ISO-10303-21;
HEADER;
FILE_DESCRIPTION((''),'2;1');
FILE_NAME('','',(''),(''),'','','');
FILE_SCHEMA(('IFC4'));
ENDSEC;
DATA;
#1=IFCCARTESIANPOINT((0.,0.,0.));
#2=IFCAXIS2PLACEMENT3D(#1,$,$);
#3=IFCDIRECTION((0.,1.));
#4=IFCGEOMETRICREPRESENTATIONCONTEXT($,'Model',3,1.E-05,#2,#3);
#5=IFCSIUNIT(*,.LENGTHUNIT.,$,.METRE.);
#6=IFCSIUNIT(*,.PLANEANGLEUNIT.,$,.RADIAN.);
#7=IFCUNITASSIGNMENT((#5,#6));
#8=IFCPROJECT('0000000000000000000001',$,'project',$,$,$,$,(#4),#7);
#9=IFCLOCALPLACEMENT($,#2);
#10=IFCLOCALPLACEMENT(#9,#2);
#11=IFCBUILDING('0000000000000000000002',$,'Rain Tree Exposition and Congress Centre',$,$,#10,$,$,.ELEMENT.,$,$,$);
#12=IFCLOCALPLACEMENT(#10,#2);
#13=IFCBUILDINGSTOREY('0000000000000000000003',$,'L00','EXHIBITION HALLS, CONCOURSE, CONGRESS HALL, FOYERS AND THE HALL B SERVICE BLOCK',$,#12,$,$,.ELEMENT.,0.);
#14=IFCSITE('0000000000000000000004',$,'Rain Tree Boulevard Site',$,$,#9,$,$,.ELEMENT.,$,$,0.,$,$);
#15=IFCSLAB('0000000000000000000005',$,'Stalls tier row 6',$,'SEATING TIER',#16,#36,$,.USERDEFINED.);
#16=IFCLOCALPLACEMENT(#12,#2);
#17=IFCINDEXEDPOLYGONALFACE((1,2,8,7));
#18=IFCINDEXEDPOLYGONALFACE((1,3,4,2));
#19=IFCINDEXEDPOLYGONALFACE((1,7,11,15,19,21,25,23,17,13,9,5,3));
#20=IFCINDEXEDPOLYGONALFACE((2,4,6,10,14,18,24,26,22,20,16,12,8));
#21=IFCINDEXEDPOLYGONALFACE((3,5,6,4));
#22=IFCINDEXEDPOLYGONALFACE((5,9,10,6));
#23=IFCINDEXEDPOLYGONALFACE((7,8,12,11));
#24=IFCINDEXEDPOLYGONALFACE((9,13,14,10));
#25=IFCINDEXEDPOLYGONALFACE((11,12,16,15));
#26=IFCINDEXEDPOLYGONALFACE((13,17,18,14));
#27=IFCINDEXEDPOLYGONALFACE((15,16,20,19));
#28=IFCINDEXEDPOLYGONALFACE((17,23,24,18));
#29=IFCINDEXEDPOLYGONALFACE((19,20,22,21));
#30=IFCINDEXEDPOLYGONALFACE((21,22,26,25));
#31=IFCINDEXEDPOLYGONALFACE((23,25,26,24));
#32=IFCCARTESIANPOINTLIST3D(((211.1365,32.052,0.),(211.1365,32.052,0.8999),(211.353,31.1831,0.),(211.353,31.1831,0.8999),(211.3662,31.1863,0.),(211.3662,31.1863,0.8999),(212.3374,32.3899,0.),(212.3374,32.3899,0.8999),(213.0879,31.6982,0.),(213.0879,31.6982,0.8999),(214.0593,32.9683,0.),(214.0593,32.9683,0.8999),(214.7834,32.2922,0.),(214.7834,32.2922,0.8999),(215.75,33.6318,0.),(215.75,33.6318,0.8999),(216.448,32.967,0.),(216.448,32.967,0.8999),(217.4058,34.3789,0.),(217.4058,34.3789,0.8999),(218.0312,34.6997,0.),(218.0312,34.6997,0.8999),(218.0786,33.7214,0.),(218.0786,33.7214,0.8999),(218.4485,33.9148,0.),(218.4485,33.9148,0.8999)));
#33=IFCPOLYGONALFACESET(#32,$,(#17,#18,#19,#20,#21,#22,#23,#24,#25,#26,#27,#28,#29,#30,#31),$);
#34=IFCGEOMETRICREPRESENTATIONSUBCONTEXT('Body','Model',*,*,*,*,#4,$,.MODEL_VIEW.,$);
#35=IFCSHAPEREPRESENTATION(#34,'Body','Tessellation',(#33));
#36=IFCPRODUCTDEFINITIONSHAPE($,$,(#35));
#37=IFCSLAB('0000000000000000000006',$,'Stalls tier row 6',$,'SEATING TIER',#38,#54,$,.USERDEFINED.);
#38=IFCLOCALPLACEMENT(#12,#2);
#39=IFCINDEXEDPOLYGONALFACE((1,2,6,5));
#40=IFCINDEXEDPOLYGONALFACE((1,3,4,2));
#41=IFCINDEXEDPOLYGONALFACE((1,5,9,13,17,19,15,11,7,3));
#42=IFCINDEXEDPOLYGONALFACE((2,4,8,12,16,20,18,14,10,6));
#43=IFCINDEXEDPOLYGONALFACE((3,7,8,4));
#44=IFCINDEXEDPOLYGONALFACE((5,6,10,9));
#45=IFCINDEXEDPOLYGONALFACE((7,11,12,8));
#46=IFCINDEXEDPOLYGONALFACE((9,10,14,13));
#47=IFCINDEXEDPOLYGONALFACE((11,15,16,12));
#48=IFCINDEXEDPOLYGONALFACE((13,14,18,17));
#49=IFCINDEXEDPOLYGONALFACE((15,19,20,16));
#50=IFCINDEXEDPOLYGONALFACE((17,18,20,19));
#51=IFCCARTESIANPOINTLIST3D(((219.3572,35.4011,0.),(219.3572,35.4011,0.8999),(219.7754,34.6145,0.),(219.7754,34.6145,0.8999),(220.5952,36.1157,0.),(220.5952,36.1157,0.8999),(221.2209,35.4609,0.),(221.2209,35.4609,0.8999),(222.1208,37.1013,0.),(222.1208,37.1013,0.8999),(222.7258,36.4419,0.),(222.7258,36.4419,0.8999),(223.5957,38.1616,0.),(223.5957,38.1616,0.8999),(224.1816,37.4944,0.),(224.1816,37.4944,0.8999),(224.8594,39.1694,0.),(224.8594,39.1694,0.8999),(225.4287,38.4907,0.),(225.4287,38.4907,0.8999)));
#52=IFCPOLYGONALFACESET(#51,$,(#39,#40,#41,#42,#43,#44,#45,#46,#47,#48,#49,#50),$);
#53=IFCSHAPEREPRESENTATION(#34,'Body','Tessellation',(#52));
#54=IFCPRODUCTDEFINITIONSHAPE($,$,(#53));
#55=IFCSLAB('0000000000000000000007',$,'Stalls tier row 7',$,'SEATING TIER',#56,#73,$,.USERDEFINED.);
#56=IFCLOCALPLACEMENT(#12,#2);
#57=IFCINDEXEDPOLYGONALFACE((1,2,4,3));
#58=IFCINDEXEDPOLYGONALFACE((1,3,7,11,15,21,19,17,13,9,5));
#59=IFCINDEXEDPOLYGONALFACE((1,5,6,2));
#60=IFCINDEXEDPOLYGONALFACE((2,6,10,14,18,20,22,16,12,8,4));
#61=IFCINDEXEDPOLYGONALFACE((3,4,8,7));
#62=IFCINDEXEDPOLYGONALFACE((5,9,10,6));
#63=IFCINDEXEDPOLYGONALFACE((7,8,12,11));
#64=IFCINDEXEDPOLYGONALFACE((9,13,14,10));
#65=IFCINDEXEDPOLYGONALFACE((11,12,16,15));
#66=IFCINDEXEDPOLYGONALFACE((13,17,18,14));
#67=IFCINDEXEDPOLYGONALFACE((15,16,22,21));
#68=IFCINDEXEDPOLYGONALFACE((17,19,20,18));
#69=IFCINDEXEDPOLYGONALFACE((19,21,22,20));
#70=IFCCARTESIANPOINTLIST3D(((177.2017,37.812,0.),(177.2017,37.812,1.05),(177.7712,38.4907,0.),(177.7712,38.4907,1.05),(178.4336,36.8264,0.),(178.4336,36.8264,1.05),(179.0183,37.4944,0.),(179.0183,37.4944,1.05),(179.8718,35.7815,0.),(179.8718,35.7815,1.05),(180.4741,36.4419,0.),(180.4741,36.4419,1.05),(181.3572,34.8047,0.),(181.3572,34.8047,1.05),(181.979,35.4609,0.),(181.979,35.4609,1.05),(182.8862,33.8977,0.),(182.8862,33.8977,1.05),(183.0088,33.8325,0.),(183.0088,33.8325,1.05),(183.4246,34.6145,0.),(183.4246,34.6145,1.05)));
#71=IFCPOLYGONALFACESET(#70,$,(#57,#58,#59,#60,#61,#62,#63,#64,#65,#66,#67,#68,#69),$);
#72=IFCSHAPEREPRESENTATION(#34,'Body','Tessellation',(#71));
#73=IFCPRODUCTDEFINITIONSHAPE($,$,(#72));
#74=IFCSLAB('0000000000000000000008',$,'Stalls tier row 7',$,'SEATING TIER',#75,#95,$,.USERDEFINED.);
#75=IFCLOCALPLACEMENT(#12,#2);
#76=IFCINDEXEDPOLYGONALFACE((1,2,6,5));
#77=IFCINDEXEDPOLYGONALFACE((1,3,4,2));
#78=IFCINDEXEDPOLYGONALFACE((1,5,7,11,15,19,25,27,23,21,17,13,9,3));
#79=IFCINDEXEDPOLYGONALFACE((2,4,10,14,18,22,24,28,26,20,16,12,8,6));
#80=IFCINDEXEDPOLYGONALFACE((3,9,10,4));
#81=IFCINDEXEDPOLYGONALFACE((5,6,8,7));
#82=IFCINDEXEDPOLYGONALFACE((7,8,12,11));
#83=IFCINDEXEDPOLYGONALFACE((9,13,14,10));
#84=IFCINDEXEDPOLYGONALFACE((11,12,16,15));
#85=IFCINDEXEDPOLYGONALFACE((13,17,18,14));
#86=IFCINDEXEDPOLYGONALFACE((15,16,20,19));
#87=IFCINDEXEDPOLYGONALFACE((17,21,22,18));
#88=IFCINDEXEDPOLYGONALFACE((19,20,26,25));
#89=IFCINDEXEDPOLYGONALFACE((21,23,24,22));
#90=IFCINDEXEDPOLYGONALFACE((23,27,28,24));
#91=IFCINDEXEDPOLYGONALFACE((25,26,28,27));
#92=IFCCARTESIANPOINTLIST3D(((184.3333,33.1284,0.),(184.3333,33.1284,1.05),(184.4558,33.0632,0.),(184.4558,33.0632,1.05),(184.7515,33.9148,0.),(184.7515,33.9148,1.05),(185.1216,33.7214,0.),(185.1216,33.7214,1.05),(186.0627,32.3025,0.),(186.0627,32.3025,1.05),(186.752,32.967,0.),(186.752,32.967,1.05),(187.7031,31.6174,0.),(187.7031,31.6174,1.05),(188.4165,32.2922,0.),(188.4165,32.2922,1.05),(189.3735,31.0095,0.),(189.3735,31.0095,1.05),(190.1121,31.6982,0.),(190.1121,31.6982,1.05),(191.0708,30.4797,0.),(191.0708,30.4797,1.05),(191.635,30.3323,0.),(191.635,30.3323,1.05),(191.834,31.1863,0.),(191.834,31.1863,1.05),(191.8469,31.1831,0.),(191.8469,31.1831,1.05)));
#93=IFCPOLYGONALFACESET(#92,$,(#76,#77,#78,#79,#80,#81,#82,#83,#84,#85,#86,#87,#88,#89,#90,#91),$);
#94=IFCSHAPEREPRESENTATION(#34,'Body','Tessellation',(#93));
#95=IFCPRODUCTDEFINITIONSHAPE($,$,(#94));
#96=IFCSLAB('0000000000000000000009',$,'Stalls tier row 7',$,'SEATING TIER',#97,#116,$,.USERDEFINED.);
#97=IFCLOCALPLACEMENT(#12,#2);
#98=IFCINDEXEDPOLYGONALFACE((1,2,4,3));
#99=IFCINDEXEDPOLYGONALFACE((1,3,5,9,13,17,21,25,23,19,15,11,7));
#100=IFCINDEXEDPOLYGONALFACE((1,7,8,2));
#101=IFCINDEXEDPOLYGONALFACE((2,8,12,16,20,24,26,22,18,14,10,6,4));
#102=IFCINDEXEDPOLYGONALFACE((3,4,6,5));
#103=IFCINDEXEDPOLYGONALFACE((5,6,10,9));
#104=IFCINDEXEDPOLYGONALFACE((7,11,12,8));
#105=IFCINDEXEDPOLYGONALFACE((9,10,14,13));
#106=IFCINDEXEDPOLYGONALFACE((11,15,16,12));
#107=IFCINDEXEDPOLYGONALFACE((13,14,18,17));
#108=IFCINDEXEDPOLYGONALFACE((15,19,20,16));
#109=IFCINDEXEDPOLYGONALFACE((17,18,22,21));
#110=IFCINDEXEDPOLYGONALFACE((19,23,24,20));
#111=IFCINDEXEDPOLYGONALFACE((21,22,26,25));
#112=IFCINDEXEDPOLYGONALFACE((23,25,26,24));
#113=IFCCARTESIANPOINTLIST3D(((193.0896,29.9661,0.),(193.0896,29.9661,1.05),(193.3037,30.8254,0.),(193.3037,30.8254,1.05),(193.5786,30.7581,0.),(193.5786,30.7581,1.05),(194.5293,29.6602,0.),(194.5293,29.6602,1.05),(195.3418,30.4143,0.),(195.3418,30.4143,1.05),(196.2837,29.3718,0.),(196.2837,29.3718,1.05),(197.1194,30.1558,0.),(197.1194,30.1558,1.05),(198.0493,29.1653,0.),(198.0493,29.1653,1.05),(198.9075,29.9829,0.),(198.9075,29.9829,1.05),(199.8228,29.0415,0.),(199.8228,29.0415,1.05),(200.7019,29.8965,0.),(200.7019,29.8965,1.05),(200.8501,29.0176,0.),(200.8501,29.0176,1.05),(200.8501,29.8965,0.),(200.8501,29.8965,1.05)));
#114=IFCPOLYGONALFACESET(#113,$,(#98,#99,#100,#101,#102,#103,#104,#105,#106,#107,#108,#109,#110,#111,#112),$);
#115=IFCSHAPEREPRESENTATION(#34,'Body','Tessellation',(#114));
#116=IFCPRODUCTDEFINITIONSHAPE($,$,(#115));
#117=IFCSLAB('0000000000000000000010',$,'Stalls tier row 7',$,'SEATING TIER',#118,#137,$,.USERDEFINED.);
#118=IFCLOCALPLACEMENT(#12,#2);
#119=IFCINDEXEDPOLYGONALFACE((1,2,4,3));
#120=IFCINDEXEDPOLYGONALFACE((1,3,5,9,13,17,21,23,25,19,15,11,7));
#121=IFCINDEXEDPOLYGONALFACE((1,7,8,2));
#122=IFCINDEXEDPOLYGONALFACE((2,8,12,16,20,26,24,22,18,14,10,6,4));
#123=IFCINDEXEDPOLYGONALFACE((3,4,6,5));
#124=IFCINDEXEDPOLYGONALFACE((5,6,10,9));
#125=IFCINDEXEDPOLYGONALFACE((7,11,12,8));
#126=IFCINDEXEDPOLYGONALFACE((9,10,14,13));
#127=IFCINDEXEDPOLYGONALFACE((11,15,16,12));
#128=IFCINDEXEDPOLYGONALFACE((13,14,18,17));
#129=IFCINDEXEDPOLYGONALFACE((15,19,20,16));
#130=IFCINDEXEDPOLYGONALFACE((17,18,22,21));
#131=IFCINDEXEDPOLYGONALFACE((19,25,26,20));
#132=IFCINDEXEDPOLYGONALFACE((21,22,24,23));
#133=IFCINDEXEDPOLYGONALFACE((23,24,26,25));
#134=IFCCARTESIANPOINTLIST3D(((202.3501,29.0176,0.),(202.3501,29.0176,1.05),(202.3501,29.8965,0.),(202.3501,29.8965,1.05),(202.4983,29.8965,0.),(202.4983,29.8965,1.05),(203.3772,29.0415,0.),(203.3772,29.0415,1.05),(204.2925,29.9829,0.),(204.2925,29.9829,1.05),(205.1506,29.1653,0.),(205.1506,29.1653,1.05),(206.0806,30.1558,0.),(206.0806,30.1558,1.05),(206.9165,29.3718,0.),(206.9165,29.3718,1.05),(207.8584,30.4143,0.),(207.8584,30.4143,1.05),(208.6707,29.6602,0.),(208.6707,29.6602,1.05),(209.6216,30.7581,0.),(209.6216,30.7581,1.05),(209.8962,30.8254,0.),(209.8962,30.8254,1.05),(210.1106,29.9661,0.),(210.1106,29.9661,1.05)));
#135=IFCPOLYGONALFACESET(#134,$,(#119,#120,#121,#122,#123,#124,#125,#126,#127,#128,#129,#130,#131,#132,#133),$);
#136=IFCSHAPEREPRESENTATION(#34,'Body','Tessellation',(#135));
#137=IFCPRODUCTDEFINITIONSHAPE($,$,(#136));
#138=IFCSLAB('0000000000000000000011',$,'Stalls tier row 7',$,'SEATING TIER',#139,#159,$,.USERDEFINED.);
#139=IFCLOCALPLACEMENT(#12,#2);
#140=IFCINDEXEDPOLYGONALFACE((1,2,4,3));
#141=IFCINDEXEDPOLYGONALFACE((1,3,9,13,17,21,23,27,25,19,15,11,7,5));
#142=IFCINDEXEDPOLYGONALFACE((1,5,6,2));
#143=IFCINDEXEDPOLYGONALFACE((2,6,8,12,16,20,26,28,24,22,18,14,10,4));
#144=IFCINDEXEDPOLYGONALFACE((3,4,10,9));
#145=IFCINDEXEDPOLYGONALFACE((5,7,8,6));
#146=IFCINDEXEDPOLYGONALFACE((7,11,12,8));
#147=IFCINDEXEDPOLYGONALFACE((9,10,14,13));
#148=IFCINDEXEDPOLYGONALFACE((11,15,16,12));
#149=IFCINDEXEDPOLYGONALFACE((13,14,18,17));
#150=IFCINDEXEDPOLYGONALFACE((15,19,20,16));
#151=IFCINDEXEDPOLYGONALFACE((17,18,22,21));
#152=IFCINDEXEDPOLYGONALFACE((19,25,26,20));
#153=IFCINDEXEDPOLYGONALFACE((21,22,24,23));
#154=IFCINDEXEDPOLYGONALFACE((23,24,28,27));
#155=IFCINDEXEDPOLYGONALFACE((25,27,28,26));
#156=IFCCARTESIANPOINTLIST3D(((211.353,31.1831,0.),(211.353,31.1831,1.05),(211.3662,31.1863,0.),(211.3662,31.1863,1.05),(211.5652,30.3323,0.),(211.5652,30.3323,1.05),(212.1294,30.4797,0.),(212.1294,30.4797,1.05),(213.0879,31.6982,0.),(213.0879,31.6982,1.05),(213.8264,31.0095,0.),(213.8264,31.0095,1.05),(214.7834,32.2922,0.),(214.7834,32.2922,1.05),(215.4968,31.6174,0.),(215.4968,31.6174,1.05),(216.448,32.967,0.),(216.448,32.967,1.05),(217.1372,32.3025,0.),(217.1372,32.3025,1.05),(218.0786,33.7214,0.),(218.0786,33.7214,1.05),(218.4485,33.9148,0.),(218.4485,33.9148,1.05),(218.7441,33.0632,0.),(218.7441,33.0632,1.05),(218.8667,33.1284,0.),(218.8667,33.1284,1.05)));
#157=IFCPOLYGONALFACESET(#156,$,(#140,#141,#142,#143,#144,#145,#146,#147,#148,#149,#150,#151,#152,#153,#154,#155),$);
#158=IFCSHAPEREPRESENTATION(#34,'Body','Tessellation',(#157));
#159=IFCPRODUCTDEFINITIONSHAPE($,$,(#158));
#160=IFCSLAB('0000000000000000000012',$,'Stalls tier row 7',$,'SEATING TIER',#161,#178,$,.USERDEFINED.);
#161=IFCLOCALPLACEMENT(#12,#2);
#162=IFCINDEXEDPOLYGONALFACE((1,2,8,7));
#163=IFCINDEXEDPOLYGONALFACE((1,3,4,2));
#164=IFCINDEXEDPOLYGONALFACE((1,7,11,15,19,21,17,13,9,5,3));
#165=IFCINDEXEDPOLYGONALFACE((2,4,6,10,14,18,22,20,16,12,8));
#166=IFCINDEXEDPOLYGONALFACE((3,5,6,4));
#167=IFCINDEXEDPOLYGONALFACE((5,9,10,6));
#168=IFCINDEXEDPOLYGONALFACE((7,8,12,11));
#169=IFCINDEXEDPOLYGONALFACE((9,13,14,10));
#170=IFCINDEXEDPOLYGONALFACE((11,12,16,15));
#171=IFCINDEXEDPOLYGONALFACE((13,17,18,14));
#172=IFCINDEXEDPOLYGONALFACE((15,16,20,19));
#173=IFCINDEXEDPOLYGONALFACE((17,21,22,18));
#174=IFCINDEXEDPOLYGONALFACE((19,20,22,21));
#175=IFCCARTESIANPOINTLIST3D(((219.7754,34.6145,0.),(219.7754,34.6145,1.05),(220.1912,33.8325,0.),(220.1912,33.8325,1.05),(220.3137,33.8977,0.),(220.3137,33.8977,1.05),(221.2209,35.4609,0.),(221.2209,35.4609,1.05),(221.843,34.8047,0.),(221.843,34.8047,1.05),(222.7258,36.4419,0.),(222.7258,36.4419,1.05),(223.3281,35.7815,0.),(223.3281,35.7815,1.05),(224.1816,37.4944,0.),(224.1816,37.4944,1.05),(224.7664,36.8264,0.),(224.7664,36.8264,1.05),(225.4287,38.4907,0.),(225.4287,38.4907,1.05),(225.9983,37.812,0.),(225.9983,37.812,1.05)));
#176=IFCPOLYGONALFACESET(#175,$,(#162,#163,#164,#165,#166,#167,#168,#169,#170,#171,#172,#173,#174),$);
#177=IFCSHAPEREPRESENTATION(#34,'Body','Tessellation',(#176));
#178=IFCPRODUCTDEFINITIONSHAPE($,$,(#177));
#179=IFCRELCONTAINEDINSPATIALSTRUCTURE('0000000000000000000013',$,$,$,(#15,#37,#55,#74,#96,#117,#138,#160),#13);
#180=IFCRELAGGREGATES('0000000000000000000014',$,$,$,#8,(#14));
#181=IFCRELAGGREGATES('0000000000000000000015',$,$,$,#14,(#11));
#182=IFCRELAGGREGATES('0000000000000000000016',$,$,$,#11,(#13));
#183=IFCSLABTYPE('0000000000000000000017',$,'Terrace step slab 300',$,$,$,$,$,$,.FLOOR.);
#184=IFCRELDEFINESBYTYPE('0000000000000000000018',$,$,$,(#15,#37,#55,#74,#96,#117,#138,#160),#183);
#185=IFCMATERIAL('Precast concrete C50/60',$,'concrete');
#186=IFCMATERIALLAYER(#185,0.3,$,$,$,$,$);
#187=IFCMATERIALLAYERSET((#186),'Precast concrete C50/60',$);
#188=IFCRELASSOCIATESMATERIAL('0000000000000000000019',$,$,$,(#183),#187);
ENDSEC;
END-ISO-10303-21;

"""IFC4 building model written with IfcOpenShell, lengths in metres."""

from ifc_helpers import new_model, si_unit, direction, origin, place, context, subcontext, project, spatial, polyline, outline, extrude, material, layer, layer_set, type_object, element, save


model = new_model("IFC4")

# Units and contexts
model_context = context("Model", 3, precision=1e-05, world=origin(), true_north=direction((0.0, 1.0)))
body_context = subcontext(model_context, "Body", "Model", "MODEL_VIEW")
ifc_project = project(units=[si_unit("LENGTHUNIT", "METRE"), si_unit("PLANEANGLEUNIT", "RADIAN")], contexts=[model_context])

# Site, building, storey
site_placement = place(None, origin())
site = spatial("IfcSite", under=ifc_project, at=site_placement, Name="Rain Tree Boulevard Site", CompositionType="ELEMENT", RefElevation=0.0)
building_placement = place(site_placement, origin())
building = spatial("IfcBuilding", under=site, at=building_placement, Name="Rain Tree Exposition and Congress Centre", CompositionType="ELEMENT")
storey_placement = place(building_placement, origin())
storey = spatial("IfcBuildingStorey", under=building, at=storey_placement, Name="L00", Description="EXHIBITION HALLS, CONCOURSE, CONGRESS HALL, FOYERS AND THE HALL B SERVICE BLOCK", CompositionType="ELEMENT", Elevation=0.0)

# Slabs
ifc_material = material(Name="Precast concrete C50/60", Category="concrete")
ifc_layer = layer(ifc_material, 0.3)
ifc_layer_set = layer_set([ifc_layer], Name="Precast concrete C50/60")
slab_type = type_object("IfcSlabType", Name="Terrace step slab 300", PredefinedType="FLOOR", material=ifc_layer_set)
slab_1_placement = place(storey_placement, origin())
element("IfcSlab", 1, at=slab_1_placement, inside=storey, type_object=slab_type, Name="Stalls tier row 6", ObjectType="SEATING TIER", PredefinedType="USERDEFINED", context=body_context, shape_type="SweptSolid", body=[
    extrude(outline(polyline([(218.0786, 33.7214), (218.4485, 33.9148), (218.0312, 34.6997), (217.4058, 34.3789), (215.75, 33.6318), (214.0593, 32.9683), (212.3374, 32.3899), (211.1365, 32.052), (211.353, 31.1831), (211.3662, 31.1863), (213.0879, 31.6982), (214.7834, 32.2922), (216.448, 32.967), (218.0786, 33.7214)])), origin(), (0.0, 0.0, 1.0), 0.8999),
])
slab_2_placement = place(storey_placement, origin())
element("IfcSlab", 2, at=slab_2_placement, inside=storey, type_object=slab_type, Name="Stalls tier row 6", ObjectType="SEATING TIER", PredefinedType="USERDEFINED", context=body_context, shape_type="SweptSolid", body=[
    extrude(outline(polyline([(222.7258, 36.4419), (224.1816, 37.4944), (225.4287, 38.4907), (224.8594, 39.1694), (223.5957, 38.1616), (222.1208, 37.1013), (220.5952, 36.1157), (219.3572, 35.4011), (219.7754, 34.6145), (221.2209, 35.4609), (222.7258, 36.4419)])), origin(), (0.0, 0.0, 1.0), 0.8999),
])
slab_3_placement = place(storey_placement, origin())
element("IfcSlab", 3, at=slab_3_placement, inside=storey, type_object=slab_type, Name="Stalls tier row 7", ObjectType="SEATING TIER", PredefinedType="USERDEFINED", context=body_context, shape_type="SweptSolid", body=[
    extrude(outline(polyline([(182.8862, 33.8977), (183.0088, 33.8325), (183.4246, 34.6145), (181.979, 35.4609), (180.4741, 36.4419), (179.0183, 37.4944), (177.7712, 38.4907), (177.2017, 37.812), (178.4336, 36.8264), (179.8718, 35.7815), (181.3572, 34.8047), (182.8862, 33.8977)])), origin(), (0.0, 0.0, 1.0), 1.05),
])
slab_4_placement = place(storey_placement, origin())
element("IfcSlab", 4, at=slab_4_placement, inside=storey, type_object=slab_type, Name="Stalls tier row 7", ObjectType="SEATING TIER", PredefinedType="USERDEFINED", context=body_context, shape_type="SweptSolid", body=[
    extrude(outline(polyline([(191.0708, 30.4797), (191.635, 30.3323), (191.8469, 31.1831), (191.834, 31.1863), (190.1121, 31.6982), (188.4165, 32.2922), (186.752, 32.967), (185.1216, 33.7214), (184.7515, 33.9148), (184.3333, 33.1284), (184.4558, 33.0632), (186.0627, 32.3025), (187.7031, 31.6174), (189.3735, 31.0095), (191.0708, 30.4797)])), origin(), (0.0, 0.0, 1.0), 1.05),
])
slab_5_placement = place(storey_placement, origin())
element("IfcSlab", 5, at=slab_5_placement, inside=storey, type_object=slab_type, Name="Stalls tier row 7", ObjectType="SEATING TIER", PredefinedType="USERDEFINED", context=body_context, shape_type="SweptSolid", body=[
    extrude(outline(polyline([(199.8228, 29.0415), (200.8501, 29.0176), (200.8501, 29.8965), (200.7019, 29.8965), (198.9075, 29.9829), (197.1194, 30.1558), (195.3418, 30.4143), (193.5786, 30.7581), (193.3037, 30.8254), (193.0896, 29.9661), (194.5293, 29.6602), (196.2837, 29.3718), (198.0493, 29.1653), (199.8228, 29.0415)])), origin(), (0.0, 0.0, 1.0), 1.05),
])
slab_6_placement = place(storey_placement, origin())
element("IfcSlab", 6, at=slab_6_placement, inside=storey, type_object=slab_type, Name="Stalls tier row 7", ObjectType="SEATING TIER", PredefinedType="USERDEFINED", context=body_context, shape_type="SweptSolid", body=[
    extrude(outline(polyline([(208.6707, 29.6602), (210.1106, 29.9661), (209.8962, 30.8254), (209.6216, 30.7581), (207.8584, 30.4143), (206.0806, 30.1558), (204.2925, 29.9829), (202.4983, 29.8965), (202.3501, 29.8965), (202.3501, 29.0176), (203.3772, 29.0415), (205.1506, 29.1653), (206.9165, 29.3718), (208.6707, 29.6602)])), origin(), (0.0, 0.0, 1.0), 1.05),
])
slab_7_placement = place(storey_placement, origin())
element("IfcSlab", 7, at=slab_7_placement, inside=storey, type_object=slab_type, Name="Stalls tier row 7", ObjectType="SEATING TIER", PredefinedType="USERDEFINED", context=body_context, shape_type="SweptSolid", body=[
    extrude(outline(polyline([(218.7441, 33.0632), (218.8667, 33.1284), (218.4485, 33.9148), (218.0786, 33.7214), (216.448, 32.967), (214.7834, 32.2922), (213.0879, 31.6982), (211.3662, 31.1863), (211.353, 31.1831), (211.5652, 30.3323), (212.1294, 30.4797), (213.8264, 31.0095), (215.4968, 31.6174), (217.1372, 32.3025), (218.7441, 33.0632)])), origin(), (0.0, 0.0, 1.0), 1.05),
])
slab_8_placement = place(storey_placement, origin())
element("IfcSlab", 8, at=slab_8_placement, inside=storey, type_object=slab_type, Name="Stalls tier row 7", ObjectType="SEATING TIER", PredefinedType="USERDEFINED", context=body_context, shape_type="SweptSolid", body=[
    extrude(outline(polyline([(223.3281, 35.7815), (224.7664, 36.8264), (225.9983, 37.812), (225.4287, 38.4907), (224.1816, 37.4944), (222.7258, 36.4419), (221.2209, 35.4609), (219.7754, 34.6145), (220.1912, 33.8325), (220.3137, 33.8977), (221.843, 34.8047), (223.3281, 35.7815)])), origin(), (0.0, 0.0, 1.0), 1.05),
])

save(model, "model.ifc")
